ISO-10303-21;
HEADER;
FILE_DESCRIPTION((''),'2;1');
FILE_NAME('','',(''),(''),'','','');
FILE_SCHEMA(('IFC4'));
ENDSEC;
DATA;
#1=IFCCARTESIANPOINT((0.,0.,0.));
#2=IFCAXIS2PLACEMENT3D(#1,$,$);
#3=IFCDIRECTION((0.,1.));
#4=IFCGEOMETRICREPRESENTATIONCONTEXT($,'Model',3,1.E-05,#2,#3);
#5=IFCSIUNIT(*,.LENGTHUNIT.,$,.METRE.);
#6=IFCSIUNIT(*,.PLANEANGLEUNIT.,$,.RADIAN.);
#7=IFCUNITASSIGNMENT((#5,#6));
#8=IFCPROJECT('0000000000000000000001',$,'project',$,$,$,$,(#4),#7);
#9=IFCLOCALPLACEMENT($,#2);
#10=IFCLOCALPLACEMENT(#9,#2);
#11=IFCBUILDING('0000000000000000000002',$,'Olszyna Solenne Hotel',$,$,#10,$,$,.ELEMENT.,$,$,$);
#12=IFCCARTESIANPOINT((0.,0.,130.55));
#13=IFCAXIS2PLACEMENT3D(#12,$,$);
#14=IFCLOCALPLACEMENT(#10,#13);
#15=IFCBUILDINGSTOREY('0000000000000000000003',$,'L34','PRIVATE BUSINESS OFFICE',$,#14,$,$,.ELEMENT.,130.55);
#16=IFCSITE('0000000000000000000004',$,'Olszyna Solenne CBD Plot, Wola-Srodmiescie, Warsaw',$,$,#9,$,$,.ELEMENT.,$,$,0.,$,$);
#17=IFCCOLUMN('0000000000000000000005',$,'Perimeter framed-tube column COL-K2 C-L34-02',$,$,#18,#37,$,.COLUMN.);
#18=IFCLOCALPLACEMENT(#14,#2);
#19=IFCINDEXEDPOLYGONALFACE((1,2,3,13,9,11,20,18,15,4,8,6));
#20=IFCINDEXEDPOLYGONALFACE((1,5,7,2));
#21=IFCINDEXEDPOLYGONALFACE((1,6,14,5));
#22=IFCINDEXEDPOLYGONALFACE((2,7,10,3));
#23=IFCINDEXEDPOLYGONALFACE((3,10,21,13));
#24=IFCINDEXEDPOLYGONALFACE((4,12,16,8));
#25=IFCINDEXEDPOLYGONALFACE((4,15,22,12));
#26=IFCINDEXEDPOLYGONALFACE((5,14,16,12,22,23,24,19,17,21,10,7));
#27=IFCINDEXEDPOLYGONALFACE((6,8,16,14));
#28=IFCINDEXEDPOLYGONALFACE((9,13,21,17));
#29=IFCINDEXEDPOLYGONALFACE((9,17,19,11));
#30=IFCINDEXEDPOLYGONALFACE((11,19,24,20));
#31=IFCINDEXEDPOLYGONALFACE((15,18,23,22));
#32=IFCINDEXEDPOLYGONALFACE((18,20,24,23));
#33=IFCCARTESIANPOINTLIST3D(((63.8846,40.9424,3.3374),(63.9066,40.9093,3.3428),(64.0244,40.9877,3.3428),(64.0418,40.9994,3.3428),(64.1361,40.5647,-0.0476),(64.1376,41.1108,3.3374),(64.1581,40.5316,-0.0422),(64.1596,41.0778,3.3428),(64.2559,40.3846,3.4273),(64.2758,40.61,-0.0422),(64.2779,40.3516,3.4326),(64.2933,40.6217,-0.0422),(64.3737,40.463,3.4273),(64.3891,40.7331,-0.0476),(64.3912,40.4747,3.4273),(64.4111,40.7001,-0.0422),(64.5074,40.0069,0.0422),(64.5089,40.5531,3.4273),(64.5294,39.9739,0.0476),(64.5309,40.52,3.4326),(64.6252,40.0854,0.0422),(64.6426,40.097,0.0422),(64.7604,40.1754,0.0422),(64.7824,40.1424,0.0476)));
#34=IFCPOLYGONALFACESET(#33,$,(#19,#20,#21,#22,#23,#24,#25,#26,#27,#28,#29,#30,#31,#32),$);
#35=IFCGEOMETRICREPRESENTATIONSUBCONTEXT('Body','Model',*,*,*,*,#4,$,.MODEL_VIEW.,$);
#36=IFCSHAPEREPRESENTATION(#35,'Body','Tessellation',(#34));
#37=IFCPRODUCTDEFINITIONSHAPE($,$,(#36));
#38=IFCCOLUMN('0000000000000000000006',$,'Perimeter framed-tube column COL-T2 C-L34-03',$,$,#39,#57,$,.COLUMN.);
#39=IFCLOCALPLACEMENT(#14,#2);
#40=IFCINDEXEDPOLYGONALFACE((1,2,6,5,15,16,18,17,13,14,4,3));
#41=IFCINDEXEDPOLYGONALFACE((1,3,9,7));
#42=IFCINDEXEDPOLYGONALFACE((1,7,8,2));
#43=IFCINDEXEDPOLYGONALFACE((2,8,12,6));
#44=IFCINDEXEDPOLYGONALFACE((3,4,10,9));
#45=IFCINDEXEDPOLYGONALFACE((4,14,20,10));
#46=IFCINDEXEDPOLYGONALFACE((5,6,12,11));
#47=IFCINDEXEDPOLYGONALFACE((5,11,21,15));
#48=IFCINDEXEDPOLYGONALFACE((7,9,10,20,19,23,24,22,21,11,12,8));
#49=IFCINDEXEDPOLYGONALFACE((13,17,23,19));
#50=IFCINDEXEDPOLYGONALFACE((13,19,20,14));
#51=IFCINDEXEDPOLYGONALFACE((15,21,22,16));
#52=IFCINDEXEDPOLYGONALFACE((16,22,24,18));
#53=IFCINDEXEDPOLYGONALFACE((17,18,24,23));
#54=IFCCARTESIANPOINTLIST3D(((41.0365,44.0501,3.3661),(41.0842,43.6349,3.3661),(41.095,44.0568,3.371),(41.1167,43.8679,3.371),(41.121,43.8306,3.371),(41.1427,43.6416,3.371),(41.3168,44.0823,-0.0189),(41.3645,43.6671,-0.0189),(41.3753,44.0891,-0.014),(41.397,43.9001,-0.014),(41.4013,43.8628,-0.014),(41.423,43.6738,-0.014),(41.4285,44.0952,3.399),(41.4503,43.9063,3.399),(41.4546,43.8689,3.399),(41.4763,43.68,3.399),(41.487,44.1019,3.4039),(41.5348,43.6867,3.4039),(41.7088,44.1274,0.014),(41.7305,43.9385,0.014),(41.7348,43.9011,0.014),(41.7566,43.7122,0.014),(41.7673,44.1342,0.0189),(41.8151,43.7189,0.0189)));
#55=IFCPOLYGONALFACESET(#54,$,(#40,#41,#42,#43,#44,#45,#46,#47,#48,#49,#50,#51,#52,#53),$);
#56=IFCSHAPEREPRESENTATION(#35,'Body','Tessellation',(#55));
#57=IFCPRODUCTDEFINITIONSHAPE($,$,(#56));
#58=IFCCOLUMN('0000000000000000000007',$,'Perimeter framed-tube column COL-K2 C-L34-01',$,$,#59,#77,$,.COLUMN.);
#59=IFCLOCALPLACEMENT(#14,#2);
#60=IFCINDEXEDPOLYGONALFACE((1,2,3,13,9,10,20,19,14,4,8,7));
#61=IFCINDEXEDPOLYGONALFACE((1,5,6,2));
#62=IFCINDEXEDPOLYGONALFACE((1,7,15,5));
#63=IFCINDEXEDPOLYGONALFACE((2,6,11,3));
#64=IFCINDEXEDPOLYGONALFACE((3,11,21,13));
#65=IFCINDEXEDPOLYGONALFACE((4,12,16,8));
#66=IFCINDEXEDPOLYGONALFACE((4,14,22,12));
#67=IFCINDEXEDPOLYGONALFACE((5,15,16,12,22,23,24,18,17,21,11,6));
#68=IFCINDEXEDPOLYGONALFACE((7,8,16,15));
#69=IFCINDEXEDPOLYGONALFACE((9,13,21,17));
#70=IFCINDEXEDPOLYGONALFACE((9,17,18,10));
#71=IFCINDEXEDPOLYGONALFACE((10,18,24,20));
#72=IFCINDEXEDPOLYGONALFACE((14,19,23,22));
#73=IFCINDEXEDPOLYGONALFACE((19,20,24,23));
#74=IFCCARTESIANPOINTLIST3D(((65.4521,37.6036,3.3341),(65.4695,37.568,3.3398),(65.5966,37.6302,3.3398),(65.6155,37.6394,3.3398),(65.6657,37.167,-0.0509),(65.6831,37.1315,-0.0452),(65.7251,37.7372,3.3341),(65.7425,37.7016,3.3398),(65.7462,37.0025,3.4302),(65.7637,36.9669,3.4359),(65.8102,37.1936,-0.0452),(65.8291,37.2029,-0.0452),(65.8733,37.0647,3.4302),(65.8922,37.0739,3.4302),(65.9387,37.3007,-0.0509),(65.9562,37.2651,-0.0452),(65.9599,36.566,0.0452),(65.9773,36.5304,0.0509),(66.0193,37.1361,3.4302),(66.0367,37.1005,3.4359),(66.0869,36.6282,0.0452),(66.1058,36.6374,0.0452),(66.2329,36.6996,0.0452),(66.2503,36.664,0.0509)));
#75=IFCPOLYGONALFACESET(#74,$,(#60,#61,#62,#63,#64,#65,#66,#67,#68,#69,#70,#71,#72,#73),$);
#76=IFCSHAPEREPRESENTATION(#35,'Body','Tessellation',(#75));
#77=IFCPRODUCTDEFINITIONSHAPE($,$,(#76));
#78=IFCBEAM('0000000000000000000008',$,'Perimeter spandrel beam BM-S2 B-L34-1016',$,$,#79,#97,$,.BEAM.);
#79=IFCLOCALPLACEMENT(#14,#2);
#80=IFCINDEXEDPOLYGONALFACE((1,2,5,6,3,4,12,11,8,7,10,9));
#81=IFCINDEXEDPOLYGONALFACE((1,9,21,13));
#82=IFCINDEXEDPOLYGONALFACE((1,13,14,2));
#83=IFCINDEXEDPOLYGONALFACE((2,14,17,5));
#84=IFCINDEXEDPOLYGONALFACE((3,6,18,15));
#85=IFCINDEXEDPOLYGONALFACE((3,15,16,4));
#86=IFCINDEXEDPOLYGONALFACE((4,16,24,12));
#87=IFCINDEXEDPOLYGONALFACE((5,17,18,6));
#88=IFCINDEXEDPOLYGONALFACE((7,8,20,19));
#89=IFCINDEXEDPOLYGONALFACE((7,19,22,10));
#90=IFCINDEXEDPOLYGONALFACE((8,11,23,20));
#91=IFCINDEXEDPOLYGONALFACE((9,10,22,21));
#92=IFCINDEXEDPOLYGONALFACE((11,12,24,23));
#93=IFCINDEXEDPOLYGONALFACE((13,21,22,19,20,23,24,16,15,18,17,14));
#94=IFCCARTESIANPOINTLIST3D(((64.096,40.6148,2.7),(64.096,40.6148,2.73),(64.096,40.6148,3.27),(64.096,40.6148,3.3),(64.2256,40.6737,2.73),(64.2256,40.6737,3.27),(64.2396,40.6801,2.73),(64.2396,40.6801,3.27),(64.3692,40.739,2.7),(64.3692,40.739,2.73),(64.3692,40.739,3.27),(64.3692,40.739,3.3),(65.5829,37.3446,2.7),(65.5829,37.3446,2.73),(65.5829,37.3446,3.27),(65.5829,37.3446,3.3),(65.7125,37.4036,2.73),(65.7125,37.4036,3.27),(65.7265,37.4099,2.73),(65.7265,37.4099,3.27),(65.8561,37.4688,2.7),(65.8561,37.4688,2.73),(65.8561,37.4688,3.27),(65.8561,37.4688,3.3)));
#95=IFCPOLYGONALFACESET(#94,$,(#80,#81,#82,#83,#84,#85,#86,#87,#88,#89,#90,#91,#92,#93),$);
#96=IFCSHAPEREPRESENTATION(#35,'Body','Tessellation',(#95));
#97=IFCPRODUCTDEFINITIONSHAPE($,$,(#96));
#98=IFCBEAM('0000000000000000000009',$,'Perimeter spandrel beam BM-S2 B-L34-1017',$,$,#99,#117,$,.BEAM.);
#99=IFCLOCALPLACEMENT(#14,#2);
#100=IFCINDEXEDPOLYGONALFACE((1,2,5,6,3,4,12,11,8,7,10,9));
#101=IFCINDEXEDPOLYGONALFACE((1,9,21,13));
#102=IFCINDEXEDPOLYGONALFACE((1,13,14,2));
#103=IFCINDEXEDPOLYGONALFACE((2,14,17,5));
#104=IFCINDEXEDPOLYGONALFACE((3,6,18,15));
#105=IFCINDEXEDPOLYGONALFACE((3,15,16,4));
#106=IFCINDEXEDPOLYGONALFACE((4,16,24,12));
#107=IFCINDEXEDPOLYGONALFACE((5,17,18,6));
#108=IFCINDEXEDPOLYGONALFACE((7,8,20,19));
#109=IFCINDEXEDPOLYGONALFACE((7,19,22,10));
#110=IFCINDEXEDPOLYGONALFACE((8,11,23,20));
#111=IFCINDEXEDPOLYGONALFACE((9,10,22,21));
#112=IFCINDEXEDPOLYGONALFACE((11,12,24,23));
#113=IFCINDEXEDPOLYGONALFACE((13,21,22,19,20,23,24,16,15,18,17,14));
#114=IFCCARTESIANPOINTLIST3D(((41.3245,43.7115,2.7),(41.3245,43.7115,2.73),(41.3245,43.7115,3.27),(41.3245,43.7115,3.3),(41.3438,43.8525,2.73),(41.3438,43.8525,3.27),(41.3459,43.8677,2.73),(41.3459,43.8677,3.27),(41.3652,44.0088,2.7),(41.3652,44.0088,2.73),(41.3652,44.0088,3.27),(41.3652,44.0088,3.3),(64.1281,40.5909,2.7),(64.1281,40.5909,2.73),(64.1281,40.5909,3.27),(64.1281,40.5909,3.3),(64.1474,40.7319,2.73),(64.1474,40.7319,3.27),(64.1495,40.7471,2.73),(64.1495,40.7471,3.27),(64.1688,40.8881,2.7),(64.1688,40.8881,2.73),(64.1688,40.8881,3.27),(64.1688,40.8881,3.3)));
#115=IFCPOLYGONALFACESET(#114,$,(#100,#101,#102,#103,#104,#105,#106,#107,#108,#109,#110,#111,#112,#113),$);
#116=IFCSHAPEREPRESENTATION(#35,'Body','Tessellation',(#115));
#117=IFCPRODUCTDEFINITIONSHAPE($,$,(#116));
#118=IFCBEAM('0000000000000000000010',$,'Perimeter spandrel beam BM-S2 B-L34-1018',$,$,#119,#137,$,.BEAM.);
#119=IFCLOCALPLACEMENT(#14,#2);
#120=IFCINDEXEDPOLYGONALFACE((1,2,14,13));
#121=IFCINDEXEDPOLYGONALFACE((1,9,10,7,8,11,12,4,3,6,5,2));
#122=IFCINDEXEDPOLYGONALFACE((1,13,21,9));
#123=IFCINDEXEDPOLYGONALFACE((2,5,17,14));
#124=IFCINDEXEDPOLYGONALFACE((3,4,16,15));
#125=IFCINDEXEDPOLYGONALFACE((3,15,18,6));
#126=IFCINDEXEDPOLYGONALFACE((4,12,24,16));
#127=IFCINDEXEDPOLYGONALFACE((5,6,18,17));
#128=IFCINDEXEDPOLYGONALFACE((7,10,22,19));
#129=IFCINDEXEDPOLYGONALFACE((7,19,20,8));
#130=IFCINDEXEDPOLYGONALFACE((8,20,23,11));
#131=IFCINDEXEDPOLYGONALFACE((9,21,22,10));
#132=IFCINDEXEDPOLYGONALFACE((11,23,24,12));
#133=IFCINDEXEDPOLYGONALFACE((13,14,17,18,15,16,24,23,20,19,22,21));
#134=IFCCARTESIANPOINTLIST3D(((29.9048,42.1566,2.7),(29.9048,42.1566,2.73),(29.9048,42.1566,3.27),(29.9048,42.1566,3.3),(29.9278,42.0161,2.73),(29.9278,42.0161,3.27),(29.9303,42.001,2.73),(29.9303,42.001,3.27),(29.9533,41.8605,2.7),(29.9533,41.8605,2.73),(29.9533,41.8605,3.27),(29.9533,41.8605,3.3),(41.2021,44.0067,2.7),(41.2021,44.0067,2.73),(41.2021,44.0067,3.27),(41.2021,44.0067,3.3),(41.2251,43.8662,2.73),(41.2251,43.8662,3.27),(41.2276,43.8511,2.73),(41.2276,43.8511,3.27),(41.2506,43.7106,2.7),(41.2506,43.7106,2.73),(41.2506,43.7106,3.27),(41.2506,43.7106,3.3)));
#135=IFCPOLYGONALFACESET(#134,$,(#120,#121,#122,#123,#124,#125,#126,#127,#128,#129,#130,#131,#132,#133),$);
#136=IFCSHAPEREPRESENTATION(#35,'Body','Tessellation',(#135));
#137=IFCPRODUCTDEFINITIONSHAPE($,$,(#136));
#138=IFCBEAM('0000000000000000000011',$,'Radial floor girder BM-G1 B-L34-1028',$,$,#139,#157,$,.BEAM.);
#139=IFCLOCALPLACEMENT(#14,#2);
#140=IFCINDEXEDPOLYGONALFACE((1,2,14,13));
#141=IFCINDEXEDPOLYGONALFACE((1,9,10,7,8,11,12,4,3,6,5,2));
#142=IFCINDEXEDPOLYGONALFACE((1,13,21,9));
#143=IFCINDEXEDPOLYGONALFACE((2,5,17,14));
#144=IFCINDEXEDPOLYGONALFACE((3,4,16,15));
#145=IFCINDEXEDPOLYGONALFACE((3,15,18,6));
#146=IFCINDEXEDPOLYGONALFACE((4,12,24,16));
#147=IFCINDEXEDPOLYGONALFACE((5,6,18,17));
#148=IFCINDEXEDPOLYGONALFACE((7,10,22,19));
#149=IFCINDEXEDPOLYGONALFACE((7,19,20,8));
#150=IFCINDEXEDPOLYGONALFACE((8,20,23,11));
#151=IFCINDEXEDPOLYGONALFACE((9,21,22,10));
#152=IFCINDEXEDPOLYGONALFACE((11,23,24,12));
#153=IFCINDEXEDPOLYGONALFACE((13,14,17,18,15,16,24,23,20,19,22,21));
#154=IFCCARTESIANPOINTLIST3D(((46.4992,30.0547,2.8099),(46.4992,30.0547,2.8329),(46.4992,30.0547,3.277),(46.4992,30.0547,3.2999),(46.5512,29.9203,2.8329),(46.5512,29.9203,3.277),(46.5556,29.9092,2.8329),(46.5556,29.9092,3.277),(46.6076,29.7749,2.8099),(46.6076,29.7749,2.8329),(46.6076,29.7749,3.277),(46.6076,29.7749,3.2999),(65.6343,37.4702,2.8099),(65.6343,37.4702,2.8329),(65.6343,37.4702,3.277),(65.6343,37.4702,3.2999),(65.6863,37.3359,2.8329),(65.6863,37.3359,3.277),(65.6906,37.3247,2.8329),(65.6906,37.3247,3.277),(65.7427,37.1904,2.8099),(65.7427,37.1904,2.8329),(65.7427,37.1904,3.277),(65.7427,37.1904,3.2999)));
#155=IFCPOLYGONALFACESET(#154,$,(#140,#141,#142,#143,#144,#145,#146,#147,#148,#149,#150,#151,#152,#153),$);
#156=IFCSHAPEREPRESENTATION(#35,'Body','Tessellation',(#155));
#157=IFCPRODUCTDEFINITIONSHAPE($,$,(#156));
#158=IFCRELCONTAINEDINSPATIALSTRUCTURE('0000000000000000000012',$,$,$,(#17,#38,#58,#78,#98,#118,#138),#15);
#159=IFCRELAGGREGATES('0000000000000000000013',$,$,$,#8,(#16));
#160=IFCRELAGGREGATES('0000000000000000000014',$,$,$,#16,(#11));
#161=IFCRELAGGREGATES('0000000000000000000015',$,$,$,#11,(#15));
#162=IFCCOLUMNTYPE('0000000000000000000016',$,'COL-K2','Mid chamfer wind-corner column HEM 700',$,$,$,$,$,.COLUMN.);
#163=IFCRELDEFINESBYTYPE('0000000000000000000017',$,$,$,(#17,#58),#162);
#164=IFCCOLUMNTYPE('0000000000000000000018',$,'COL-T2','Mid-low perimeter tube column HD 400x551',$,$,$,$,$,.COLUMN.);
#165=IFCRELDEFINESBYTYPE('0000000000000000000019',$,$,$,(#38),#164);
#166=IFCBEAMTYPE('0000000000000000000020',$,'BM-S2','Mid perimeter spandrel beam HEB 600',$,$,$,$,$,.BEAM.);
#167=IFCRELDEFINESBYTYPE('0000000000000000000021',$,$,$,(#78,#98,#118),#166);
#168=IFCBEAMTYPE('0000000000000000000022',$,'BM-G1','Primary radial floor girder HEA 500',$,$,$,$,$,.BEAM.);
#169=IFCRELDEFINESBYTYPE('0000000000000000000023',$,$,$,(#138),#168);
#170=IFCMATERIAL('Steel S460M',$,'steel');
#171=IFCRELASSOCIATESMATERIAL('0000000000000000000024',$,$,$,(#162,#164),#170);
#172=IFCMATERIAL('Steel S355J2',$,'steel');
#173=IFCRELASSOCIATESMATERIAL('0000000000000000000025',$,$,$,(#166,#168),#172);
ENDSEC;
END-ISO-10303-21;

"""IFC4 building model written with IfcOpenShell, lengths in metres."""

from ifc_helpers import new_model, si_unit, direction, frame, origin, origin_2d, place, context, subcontext, project, spatial, i_section, extrude, source, transform, mapped, material, material_profile, profile_set, type_object, element, save


model = new_model("IFC4")

# Units and contexts
model_context = context("Model", 3, precision=1e-05, world=origin(), true_north=direction((0.0, 1.0)))
body_context = subcontext(model_context, "Body", "Model", "MODEL_VIEW")
ifc_project = project(units=[si_unit("LENGTHUNIT", "METRE"), si_unit("PLANEANGLEUNIT", "RADIAN")], contexts=[model_context])

# Site, building, storey
site_placement = place(None, origin())
site = spatial("IfcSite", under=ifc_project, at=site_placement, Name="Olszyna Solenne CBD Plot, Wola-Srodmiescie, Warsaw", CompositionType="ELEMENT", RefElevation=0.0)
building_placement = place(site_placement, origin())
building = spatial("IfcBuilding", under=site, at=building_placement, Name="Olszyna Solenne Hotel", CompositionType="ELEMENT")
storey_placement = place(building_placement, frame((0.0, 0.0, 130.55)))
storey = spatial("IfcBuildingStorey", under=building, at=storey_placement, Name="L34", Description="PRIVATE BUSINESS OFFICE", CompositionType="ELEMENT", Elevation=130.55)

# Columns
ifc_material_1 = material(Name="Steel S460M", Category="steel")
ifc_material_profile_1 = material_profile(ifc_material_1, i_section(OverallWidth=0.304, OverallDepth=0.7161, WebThickness=0.021, FlangeThickness=0.04, at=origin_2d()), Name="HEM 700", Category="load-bearing")
ifc_profile_set_1 = profile_set([ifc_material_profile_1], Name="Steel S460M")
column_type_1 = type_object("IfcColumnType", Name="COL-K2", Description="Mid chamfer wind-corner column HEM 700", PredefinedType="COLUMN", material=ifc_profile_set_1)
shared_shape_1 = source(origin(), body_context, "Body", "SweptSolid", [
    extrude(i_section(OverallWidth=0.304, OverallDepth=0.7161, WebThickness=0.021, FlangeThickness=0.04, at=origin_2d()), origin(), (0.0, 0.0, 1.0), 3.4153),
])
column_1_placement = place(storey_placement, frame((64.4592, 40.3535, 0.0), z_axis=(-0.073629, 0.110587, 0.991135), x_axis=(-0.832381, -0.554203, 0.0)))
element("IfcColumn", 1, at=column_1_placement, inside=storey, type_object=column_type_1, Name="Perimeter framed-tube column COL-K2 C-L34-02", PredefinedType="COLUMN", context=body_context, shape_type="MappedRepresentation", body=[
    mapped(shared_shape_1, transform((0.0, 0.0, 0.0), x_axis=(1.0, 0.0, 0.0), y_axis=(0.0, 1.0, 0.0), z_axis=(0.0, 0.0, 1.0), scale=1.0)),
])
ifc_material_profile_2 = material_profile(ifc_material_1, i_section(OverallWidth=0.418, OverallDepth=0.4551, WebThickness=0.0376, FlangeThickness=0.0591, at=origin_2d()), Name="HD 400x551", Category="load-bearing")
ifc_profile_set_2 = profile_set([ifc_material_profile_2], Name="Steel S460M")
column_type_2 = type_object("IfcColumnType", Name="COL-T2", Description="Mid-low perimeter tube column HD 400x551", PredefinedType="COLUMN", material=ifc_profile_set_2)
shared_shape_2 = source(origin(), body_context, "Body", "SweptSolid", [
    extrude(i_section(OverallWidth=0.418, OverallDepth=0.4551, WebThickness=0.0376, FlangeThickness=0.0591, at=origin_2d()), origin(), (0.0, 0.0, 1.0), 3.3967),
])
column_2_placement = place(storey_placement, frame((41.5659, 43.9006, 0.0), z_axis=(-0.082512, -0.009487, 0.996545), x_axis=(0.11423, -0.993454, 0.0)))
element("IfcColumn", 2, at=column_2_placement, inside=storey, type_object=column_type_2, Name="Perimeter framed-tube column COL-T2 C-L34-03", PredefinedType="COLUMN", context=body_context, shape_type="MappedRepresentation", body=[
    mapped(shared_shape_2, transform((0.0, 0.0, 0.0), x_axis=(1.0, 0.0, 0.0), y_axis=(0.0, 1.0, 0.0), z_axis=(0.0, 0.0, 1.0), scale=1.0)),
])
shared_shape_3 = source(origin(), body_context, "Body", "SweptSolid", [
    extrude(i_section(OverallWidth=0.304, OverallDepth=0.7161, WebThickness=0.021, FlangeThickness=0.04, at=origin_2d()), origin(), (0.0, 0.0, 1.0), 3.4197),
])
column_3_placement = place(storey_placement, frame((65.958, 36.9155, 0.0), z_axis=(-0.062468, 0.127649, 0.98985), x_axis=(-0.898213, -0.439561, 0.0)))
element("IfcColumn", 3, at=column_3_placement, inside=storey, type_object=column_type_1, Name="Perimeter framed-tube column COL-K2 C-L34-01", PredefinedType="COLUMN", context=body_context, shape_type="MappedRepresentation", body=[
    mapped(shared_shape_3, transform((0.0, 0.0, 0.0), x_axis=(1.0, 0.0, 0.0), y_axis=(0.0, 1.0, 0.0), z_axis=(0.0, 0.0, 1.0), scale=1.0)),
])

# Beams
ifc_material_2 = material(Name="Steel S355J2", Category="steel")
ifc_material_profile_3 = material_profile(ifc_material_2, i_section(OverallWidth=0.3, OverallDepth=0.6001, WebThickness=0.0154, FlangeThickness=0.03, at=origin_2d()), Name="HEB 600", Category="load-bearing")
ifc_profile_set_3 = profile_set([ifc_material_profile_3], Name="Steel S355J2")
beam_type_1 = type_object("IfcBeamType", Name="BM-S2", Description="Mid perimeter spandrel beam HEB 600", PredefinedType="BEAM", material=ifc_profile_set_3)
shared_shape_4 = source(origin(), body_context, "Body", "SweptSolid", [
    extrude(i_section(OverallWidth=0.3, OverallDepth=0.6001, WebThickness=0.0154, FlangeThickness=0.03, at=origin_2d()), origin(), (0.0, 0.0, 1.0), 3.5923),
])
beam_1_placement = place(storey_placement, frame((65.7195, 37.4067, 3.0), z_axis=(-0.413905, 0.91032, 0.0), x_axis=(-0.91032, -0.413905, 0.0)))
element("IfcBeam", 4, at=beam_1_placement, inside=storey, type_object=beam_type_1, Name="Perimeter spandrel beam BM-S2 B-L34-1016", PredefinedType="BEAM", context=body_context, shape_type="MappedRepresentation", body=[
    mapped(shared_shape_4, transform((0.0, 0.0, 0.0), x_axis=(1.0, 0.0, 0.0), y_axis=(0.0, 1.0, 0.0), z_axis=(0.0, 0.0, 1.0), scale=1.0)),
])
shared_shape_5 = source(origin(), body_context, "Body", "SweptSolid", [
    extrude(i_section(OverallWidth=0.3, OverallDepth=0.6001, WebThickness=0.0154, FlangeThickness=0.03, at=origin_2d()), origin(), (0.0, 0.0, 1.0), 23.0161),
])
beam_2_placement = place(storey_placement, frame((64.1484, 40.7395, 3.0), z_axis=(-0.990766, 0.135584, 0.0), x_axis=(-0.135584, -0.990766, 0.0)))
element("IfcBeam", 5, at=beam_2_placement, inside=storey, type_object=beam_type_1, Name="Perimeter spandrel beam BM-S2 B-L34-1017", PredefinedType="BEAM", context=body_context, shape_type="MappedRepresentation", body=[
    mapped(shared_shape_5, transform((0.0, 0.0, 0.0), x_axis=(1.0, 0.0, 0.0), y_axis=(0.0, 1.0, 0.0), z_axis=(0.0, 0.0, 1.0), scale=1.0)),
])
shared_shape_6 = source(origin(), body_context, "Body", "SweptSolid", [
    extrude(i_section(OverallWidth=0.3, OverallDepth=0.6001, WebThickness=0.0154, FlangeThickness=0.03, at=origin_2d()), origin(), (0.0, 0.0, 1.0), 11.4478),
])
beam_3_placement = place(storey_placement, frame((41.2263, 43.8586, 3.0), z_axis=(-0.986855, -0.161611, 0.0), x_axis=(0.161611, -0.986855, 0.0)))
element("IfcBeam", 6, at=beam_3_placement, inside=storey, type_object=beam_type_1, Name="Perimeter spandrel beam BM-S2 B-L34-1018", PredefinedType="BEAM", context=body_context, shape_type="MappedRepresentation", body=[
    mapped(shared_shape_6, transform((0.0, 0.0, 0.0), x_axis=(1.0, 0.0, 0.0), y_axis=(0.0, 1.0, 0.0), z_axis=(0.0, 0.0, 1.0), scale=1.0)),
])
ifc_material_profile_4 = material_profile(ifc_material_2, i_section(OverallWidth=0.3, OverallDepth=0.49, WebThickness=0.012, FlangeThickness=0.0229, at=origin_2d()), Name="HEA 500", Category="load-bearing")
ifc_profile_set_4 = profile_set([ifc_material_profile_4], Name="Steel S355J2")
beam_type_2 = type_object("IfcBeamType", Name="BM-G1", Description="Primary radial floor girder HEA 500", PredefinedType="BEAM", material=ifc_profile_set_4)
shared_shape_7 = source(origin(), body_context, "Body", "SweptSolid", [
    extrude(i_section(OverallWidth=0.3, OverallDepth=0.49, WebThickness=0.012, FlangeThickness=0.0229, at=origin_2d()), origin(), (0.0, 0.0, 1.0), 20.5217),
])
beam_4_placement = place(storey_placement, frame((65.6885, 37.3303, 3.0549), z_axis=(-0.93243, -0.361351, 0.0), x_axis=(0.361351, -0.93243, 0.0)))
element("IfcBeam", 7, at=beam_4_placement, inside=storey, type_object=beam_type_2, Name="Radial floor girder BM-G1 B-L34-1028", PredefinedType="BEAM", context=body_context, shape_type="MappedRepresentation", body=[
    mapped(shared_shape_7, transform((0.0, 0.0, 0.0), x_axis=(1.0, 0.0, 0.0), y_axis=(0.0, 1.0, 0.0), z_axis=(0.0, 0.0, 1.0), scale=1.0)),
])

save(model, "model.ifc")
